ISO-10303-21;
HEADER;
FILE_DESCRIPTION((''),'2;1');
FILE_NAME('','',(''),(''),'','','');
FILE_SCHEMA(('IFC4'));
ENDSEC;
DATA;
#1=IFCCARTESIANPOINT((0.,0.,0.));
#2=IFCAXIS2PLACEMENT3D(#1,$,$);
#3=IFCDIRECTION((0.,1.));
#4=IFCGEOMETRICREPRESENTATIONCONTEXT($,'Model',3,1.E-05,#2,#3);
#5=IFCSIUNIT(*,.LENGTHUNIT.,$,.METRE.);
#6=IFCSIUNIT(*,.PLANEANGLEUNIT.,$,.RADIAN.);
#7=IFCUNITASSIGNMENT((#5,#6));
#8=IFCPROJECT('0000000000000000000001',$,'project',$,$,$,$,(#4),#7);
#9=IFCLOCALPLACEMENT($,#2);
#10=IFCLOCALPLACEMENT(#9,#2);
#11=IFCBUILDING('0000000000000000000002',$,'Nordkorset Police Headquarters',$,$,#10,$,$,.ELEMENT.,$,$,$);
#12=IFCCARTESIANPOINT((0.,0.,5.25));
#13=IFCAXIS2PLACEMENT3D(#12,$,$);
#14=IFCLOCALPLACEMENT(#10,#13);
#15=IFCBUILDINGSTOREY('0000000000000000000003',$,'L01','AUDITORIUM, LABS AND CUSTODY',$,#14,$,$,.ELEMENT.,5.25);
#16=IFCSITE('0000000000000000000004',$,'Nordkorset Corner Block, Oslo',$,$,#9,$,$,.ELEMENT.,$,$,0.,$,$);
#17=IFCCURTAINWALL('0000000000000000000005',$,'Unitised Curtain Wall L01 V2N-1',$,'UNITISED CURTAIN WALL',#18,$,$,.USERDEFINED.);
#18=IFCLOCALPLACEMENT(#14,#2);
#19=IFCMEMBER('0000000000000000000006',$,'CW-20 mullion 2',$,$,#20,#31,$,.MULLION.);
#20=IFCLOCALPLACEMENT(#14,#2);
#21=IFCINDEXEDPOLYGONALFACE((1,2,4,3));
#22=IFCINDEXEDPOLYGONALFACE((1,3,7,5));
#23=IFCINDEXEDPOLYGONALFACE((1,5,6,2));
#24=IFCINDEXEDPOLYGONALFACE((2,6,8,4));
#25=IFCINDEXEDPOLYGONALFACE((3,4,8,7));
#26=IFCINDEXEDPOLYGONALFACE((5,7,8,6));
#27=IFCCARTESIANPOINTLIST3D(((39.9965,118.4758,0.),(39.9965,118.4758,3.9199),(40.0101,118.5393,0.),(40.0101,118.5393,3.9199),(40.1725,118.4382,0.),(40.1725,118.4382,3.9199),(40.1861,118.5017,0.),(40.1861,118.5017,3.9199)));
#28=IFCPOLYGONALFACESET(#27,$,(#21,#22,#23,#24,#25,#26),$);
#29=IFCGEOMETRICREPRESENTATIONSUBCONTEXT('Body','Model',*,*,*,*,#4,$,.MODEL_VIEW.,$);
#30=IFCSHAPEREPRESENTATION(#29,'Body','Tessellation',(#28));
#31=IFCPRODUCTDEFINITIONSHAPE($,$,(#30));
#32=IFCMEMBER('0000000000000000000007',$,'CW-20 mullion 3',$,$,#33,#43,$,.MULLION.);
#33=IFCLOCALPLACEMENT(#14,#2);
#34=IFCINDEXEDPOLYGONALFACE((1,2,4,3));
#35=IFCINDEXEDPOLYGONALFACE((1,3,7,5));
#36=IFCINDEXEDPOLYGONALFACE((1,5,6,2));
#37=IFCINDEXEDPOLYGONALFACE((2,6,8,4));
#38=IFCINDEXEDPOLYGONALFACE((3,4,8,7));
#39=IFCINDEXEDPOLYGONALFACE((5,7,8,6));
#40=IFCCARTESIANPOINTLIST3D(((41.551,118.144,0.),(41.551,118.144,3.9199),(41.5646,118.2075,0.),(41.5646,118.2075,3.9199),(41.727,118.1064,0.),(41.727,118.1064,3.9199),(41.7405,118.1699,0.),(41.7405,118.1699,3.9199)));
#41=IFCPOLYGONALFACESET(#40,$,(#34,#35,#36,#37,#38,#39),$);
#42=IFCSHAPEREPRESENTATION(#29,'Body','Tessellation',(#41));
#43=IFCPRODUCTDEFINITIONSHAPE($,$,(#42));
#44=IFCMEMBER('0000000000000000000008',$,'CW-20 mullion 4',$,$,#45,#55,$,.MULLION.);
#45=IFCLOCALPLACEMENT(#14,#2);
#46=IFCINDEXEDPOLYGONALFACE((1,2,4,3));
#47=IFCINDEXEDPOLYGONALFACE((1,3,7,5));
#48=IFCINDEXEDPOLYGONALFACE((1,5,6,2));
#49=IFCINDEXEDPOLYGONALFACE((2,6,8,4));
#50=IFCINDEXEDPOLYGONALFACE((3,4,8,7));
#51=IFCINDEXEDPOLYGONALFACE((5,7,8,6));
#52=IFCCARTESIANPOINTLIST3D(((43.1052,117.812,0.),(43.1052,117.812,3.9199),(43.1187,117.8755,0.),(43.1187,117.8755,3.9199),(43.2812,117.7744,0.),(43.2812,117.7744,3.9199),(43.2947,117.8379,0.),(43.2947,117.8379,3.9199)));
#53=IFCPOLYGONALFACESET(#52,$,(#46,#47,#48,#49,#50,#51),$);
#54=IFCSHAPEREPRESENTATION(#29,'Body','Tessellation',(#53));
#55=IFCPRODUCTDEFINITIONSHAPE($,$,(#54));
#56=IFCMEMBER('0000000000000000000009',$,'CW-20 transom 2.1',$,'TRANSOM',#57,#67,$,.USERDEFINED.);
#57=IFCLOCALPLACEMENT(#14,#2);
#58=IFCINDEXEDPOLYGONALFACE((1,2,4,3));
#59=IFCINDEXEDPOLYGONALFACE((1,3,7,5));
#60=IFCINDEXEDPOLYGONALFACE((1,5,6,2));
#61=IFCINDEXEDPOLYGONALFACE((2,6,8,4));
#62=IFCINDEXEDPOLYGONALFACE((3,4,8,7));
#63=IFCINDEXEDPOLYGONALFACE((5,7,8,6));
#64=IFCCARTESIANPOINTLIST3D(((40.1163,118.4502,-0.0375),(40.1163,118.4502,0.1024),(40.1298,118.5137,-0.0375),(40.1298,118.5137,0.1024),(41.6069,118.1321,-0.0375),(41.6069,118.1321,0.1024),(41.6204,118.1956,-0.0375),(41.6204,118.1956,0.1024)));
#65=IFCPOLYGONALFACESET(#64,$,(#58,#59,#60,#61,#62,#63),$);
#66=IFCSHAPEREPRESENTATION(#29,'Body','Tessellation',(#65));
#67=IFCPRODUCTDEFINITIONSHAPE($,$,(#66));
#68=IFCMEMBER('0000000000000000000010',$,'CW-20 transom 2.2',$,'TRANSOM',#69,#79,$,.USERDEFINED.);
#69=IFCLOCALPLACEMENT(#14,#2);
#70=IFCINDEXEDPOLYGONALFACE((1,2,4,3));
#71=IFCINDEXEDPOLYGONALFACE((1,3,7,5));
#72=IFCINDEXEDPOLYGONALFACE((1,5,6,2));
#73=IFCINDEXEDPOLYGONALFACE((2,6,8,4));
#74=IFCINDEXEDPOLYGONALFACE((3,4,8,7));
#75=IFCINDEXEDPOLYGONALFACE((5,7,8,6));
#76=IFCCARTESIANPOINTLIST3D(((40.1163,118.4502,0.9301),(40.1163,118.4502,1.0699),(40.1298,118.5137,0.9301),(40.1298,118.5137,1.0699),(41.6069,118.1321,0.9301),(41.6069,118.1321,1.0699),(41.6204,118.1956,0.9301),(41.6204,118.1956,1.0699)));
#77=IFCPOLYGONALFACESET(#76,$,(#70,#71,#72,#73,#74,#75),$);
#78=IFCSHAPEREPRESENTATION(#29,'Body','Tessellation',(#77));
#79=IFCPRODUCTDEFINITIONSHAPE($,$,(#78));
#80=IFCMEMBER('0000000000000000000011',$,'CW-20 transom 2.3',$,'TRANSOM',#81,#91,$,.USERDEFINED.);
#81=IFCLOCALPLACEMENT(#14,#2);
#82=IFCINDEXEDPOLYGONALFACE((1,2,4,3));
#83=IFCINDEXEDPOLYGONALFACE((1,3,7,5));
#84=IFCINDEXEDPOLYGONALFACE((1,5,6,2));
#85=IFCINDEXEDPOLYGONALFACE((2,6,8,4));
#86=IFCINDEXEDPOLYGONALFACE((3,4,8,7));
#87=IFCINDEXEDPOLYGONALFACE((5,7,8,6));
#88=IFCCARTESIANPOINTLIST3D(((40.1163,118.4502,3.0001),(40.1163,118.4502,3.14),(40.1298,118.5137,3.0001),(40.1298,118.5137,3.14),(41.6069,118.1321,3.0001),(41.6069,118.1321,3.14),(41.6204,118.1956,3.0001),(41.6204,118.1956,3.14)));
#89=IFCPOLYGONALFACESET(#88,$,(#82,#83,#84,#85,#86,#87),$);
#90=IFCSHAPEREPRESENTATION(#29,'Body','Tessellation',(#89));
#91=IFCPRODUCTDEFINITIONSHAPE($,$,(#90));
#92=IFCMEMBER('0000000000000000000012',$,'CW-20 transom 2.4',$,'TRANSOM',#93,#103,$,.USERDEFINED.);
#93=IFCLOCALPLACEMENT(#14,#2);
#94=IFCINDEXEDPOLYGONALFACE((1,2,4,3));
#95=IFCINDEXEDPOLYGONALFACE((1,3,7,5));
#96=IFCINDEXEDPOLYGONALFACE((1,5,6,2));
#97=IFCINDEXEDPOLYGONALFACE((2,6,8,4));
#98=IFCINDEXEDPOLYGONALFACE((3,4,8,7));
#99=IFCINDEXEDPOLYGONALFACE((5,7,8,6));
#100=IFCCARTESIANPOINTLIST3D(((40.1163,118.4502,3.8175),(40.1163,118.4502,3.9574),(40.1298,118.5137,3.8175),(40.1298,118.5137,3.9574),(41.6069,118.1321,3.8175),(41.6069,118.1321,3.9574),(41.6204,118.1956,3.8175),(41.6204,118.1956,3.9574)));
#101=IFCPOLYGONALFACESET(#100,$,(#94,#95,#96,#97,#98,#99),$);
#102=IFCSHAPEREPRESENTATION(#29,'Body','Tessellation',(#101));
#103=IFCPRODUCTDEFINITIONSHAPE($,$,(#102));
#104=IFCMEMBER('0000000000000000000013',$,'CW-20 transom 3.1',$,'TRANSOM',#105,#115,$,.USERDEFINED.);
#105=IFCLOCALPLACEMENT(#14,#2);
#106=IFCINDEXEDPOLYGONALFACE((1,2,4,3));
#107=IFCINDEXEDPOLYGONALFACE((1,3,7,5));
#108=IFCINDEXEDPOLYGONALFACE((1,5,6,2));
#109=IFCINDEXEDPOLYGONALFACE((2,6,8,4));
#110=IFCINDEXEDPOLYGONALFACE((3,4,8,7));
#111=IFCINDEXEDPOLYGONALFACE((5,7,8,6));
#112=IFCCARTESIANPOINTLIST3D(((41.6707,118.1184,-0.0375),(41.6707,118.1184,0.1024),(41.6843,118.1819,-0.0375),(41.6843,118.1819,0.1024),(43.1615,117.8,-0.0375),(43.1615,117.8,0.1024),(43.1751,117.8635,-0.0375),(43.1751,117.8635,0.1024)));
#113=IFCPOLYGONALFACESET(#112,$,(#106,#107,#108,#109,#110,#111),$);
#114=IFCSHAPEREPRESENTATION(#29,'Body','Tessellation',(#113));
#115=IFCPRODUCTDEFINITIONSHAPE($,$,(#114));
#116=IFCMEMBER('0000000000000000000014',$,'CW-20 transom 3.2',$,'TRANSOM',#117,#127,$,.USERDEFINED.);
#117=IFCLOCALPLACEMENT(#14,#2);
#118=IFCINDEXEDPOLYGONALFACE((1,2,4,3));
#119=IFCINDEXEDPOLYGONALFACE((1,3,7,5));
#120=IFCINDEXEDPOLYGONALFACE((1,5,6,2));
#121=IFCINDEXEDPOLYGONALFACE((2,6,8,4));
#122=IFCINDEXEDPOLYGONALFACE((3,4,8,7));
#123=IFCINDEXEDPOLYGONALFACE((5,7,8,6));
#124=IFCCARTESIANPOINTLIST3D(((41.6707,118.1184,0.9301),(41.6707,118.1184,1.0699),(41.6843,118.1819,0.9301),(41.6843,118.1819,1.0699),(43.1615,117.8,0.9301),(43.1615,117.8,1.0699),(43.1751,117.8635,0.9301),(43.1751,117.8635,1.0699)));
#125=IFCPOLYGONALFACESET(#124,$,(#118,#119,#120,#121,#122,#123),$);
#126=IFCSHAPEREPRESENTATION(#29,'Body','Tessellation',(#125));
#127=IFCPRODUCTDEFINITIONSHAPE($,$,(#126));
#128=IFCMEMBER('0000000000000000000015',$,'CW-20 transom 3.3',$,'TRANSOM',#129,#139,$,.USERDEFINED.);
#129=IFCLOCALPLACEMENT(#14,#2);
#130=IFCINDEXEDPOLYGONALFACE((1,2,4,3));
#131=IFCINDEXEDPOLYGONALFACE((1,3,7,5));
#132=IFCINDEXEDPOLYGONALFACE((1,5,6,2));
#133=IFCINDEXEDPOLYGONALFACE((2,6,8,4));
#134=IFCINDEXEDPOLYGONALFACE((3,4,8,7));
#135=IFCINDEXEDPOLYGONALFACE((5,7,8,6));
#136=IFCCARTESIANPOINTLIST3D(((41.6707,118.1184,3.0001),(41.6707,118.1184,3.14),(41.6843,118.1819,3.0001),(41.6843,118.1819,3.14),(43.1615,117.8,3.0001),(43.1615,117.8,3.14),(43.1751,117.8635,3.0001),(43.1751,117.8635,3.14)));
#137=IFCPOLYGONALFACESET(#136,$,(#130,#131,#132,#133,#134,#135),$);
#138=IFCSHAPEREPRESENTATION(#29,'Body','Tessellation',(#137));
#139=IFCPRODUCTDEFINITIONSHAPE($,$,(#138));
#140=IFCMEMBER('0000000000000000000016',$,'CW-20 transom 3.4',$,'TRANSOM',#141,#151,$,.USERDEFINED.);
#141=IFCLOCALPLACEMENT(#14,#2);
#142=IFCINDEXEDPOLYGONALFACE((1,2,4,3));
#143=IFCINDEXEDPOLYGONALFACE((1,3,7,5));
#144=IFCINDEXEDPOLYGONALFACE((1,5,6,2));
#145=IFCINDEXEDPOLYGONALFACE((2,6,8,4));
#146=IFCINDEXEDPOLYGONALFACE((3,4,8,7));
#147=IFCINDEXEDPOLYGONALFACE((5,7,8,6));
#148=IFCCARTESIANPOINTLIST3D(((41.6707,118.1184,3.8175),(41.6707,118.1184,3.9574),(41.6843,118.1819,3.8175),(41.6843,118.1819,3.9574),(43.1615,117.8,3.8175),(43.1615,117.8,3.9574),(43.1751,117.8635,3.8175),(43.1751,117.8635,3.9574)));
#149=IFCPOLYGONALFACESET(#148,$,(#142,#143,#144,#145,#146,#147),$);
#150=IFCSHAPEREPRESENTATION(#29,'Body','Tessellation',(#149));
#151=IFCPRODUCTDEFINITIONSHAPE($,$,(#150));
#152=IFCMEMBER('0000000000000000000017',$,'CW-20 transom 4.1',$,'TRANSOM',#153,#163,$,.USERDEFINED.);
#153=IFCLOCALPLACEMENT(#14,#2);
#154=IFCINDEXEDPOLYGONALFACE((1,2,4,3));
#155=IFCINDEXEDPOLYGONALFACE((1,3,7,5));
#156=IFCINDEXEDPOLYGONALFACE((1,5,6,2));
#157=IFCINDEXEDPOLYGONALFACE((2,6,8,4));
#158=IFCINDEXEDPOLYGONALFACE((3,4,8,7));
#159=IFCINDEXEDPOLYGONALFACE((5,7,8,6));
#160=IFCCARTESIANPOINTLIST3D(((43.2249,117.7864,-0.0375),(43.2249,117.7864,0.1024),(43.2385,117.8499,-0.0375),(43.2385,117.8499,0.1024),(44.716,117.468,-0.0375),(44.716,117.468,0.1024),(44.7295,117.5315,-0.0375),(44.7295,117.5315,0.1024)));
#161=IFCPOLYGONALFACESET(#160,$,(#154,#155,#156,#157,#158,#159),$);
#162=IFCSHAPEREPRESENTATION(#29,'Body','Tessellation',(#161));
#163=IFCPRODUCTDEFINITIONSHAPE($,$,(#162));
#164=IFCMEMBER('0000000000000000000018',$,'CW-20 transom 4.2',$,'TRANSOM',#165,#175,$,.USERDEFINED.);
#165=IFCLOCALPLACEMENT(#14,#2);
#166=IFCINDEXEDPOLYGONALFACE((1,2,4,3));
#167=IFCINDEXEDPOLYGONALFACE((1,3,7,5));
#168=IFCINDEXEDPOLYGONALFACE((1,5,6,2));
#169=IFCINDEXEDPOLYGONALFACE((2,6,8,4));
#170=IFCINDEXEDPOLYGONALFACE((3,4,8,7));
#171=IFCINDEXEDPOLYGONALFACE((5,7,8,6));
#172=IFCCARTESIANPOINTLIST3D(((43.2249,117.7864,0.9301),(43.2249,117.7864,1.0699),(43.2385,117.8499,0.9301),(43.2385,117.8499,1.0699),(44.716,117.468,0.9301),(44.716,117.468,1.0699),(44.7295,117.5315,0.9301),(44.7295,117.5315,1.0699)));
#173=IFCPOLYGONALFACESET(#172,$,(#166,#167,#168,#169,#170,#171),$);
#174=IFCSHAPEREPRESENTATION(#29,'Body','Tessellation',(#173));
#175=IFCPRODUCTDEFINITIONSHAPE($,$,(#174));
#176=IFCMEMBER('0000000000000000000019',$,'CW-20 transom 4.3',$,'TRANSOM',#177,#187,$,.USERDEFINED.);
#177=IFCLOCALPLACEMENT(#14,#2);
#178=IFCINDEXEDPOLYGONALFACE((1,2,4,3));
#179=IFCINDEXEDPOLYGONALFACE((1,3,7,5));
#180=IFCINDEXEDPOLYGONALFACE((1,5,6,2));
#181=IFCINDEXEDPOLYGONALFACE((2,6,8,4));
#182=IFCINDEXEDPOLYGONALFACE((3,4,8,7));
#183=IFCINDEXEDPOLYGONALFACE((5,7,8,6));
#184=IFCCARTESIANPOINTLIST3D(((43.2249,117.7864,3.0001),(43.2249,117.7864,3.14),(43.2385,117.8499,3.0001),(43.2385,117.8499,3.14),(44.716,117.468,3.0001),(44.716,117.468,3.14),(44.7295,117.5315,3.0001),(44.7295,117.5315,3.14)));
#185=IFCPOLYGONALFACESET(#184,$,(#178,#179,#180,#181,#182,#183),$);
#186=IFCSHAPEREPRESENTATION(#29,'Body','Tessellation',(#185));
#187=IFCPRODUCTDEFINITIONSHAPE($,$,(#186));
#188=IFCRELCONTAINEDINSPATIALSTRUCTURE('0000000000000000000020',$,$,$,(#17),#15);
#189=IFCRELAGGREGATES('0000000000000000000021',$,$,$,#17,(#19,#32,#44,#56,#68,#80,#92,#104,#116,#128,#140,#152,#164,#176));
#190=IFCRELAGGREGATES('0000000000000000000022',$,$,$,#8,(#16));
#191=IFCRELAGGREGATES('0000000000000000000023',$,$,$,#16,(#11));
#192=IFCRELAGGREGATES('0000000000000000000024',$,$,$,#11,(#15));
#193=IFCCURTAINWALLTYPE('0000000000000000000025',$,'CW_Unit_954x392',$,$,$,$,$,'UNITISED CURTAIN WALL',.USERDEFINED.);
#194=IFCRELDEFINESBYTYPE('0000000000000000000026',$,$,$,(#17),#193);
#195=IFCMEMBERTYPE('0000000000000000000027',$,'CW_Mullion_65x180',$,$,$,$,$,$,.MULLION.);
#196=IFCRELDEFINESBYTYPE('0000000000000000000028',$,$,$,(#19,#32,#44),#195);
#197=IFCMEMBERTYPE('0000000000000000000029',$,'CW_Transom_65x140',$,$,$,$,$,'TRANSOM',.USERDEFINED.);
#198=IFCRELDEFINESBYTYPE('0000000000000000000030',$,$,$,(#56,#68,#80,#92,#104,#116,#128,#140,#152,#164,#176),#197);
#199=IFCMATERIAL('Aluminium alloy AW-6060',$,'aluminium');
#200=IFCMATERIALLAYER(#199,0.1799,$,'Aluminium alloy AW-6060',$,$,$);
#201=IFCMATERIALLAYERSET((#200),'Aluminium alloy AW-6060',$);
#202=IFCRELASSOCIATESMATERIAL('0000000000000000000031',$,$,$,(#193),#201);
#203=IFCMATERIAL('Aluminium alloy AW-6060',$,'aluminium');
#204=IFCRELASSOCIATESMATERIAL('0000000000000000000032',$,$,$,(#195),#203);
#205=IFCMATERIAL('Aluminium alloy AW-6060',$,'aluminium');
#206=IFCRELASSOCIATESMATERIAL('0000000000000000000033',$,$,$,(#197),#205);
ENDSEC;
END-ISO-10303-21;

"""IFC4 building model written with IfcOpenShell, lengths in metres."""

from ifc_helpers import new_model, si_unit, direction, frame, origin, origin_2d, place, context, subcontext, project, spatial, rectangle, extrude, material, layer, layer_set, material_profile, profile_set, type_object, element, aggregate, save


model = new_model("IFC4")

# Units and contexts
model_context = context("Model", 3, precision=1e-05, world=origin(), true_north=direction((0.0, 1.0)))
body_context = subcontext(model_context, "Body", "Model", "MODEL_VIEW")
ifc_project = project(units=[si_unit("LENGTHUNIT", "METRE"), si_unit("PLANEANGLEUNIT", "RADIAN")], contexts=[model_context])

# Site, building, storey
site_placement = place(None, origin())
site = spatial("IfcSite", under=ifc_project, at=site_placement, Name="Nordkorset Corner Block, Oslo", CompositionType="ELEMENT", RefElevation=0.0)
building_placement = place(site_placement, origin())
building = spatial("IfcBuilding", under=site, at=building_placement, Name="Nordkorset Police Headquarters", CompositionType="ELEMENT")
storey_placement = place(building_placement, frame((0.0, 0.0, 5.25)))
storey = spatial("IfcBuildingStorey", under=building, at=storey_placement, Name="L01", Description="AUDITORIUM, LABS AND CUSTODY", CompositionType="ELEMENT", Elevation=5.25)

# Curtain wall, members
ifc_material_1 = material(Name="Aluminium alloy AW-6060", Category="aluminium")
ifc_layer_1 = layer(ifc_material_1, 0.1799, Name="Aluminium alloy AW-6060")
ifc_layer_set_1 = layer_set([ifc_layer_1], Name="Aluminium alloy AW-6060")
curtain_wall_type = type_object("IfcCurtainWallType", Name="CW_Unit_954x392", ElementType="UNITISED CURTAIN WALL", PredefinedType="USERDEFINED", material=ifc_layer_set_1)
curtain_wall_placement = place(storey_placement, origin())
curtain_wall = element("IfcCurtainWall", 1, at=curtain_wall_placement, inside=storey, type_object=curtain_wall_type, Name="Unitised Curtain Wall L01 V2N-1", ObjectType="UNITISED CURTAIN WALL", PredefinedType="USERDEFINED")
ifc_material_2 = material(Name="Aluminium alloy AW-6060", Category="aluminium")
ifc_material_profile_1 = material_profile(ifc_material_2, rectangle(XDim=0.0649, YDim=0.1799, at=origin_2d()), Name="ALU MULL 65x180")
ifc_profile_set_1 = profile_set([ifc_material_profile_1], Name="Aluminium alloy AW-6060")
member_type_1 = type_object("IfcMemberType", Name="CW_Mullion_65x180", PredefinedType="MULLION", material=ifc_profile_set_1)
member_1_placement = place(storey_placement, frame((40.0913, 118.4888, 0.0), z_axis=(0.0, 0.0, 1.0), x_axis=(0.208833, 0.977951, 0.0)))
member_1 = element("IfcMember", 2, at=member_1_placement, type_object=member_type_1, Name="CW-20 mullion 2", PredefinedType="MULLION", context=body_context, shape_type="SweptSolid", body=[
    extrude(rectangle(XDim=0.0649, YDim=0.1799, at=origin_2d()), origin(), (0.0, 0.0, 1.0), 3.9199),
])
member_2_placement = place(storey_placement, frame((41.6458, 118.157, 0.0), z_axis=(0.0, 0.0, 1.0), x_axis=(0.208833, 0.977951, 0.0)))
member_2 = element("IfcMember", 3, at=member_2_placement, type_object=member_type_1, Name="CW-20 mullion 3", PredefinedType="MULLION", context=body_context, shape_type="SweptSolid", body=[
    extrude(rectangle(XDim=0.0649, YDim=0.1799, at=origin_2d()), origin(), (0.0, 0.0, 1.0), 3.9199),
])
member_3_placement = place(storey_placement, frame((43.2, 117.825, 0.0), z_axis=(0.0, 0.0, 1.0), x_axis=(0.208833, 0.977951, 0.0)))
member_3 = element("IfcMember", 4, at=member_3_placement, type_object=member_type_1, Name="CW-20 mullion 4", PredefinedType="MULLION", context=body_context, shape_type="SweptSolid", body=[
    extrude(rectangle(XDim=0.0649, YDim=0.1799, at=origin_2d()), origin(), (0.0, 0.0, 1.0), 3.9199),
])
ifc_material_3 = material(Name="Aluminium alloy AW-6060", Category="aluminium")
ifc_material_profile_2 = material_profile(ifc_material_3, rectangle(XDim=0.0649, YDim=0.1399, at=origin_2d()), Name="ALU TRAN 65x140")
ifc_profile_set_2 = profile_set([ifc_material_profile_2], Name="Aluminium alloy AW-6060")
member_type_2 = type_object("IfcMemberType", Name="CW_Transom_65x140", ElementType="TRANSOM", PredefinedType="USERDEFINED", material=ifc_profile_set_2)
member_4_placement = place(storey_placement, frame((40.123, 118.4819, 0.0325), z_axis=(0.97798, -0.208698, 0.0), x_axis=(0.208698, 0.97798, 0.0)))
member_4 = element("IfcMember", 5, at=member_4_placement, type_object=member_type_2, Name="CW-20 transom 2.1", ObjectType="TRANSOM", PredefinedType="USERDEFINED", context=body_context, shape_type="SweptSolid", body=[
    extrude(rectangle(XDim=0.0649, YDim=0.1399, at=origin_2d()), origin(), (0.0, 0.0, 1.0), 1.5242),
])
member_5_placement = place(storey_placement, frame((40.123, 118.4819, 1.0), z_axis=(0.97798, -0.208698, 0.0), x_axis=(0.208698, 0.97798, 0.0)))
member_5 = element("IfcMember", 6, at=member_5_placement, type_object=member_type_2, Name="CW-20 transom 2.2", ObjectType="TRANSOM", PredefinedType="USERDEFINED", context=body_context, shape_type="SweptSolid", body=[
    extrude(rectangle(XDim=0.0649, YDim=0.1399, at=origin_2d()), origin(), (0.0, 0.0, 1.0), 1.5242),
])
member_6_placement = place(storey_placement, frame((40.123, 118.4819, 3.0701), z_axis=(0.97798, -0.208698, 0.0), x_axis=(0.208698, 0.97798, 0.0)))
member_6 = element("IfcMember", 7, at=member_6_placement, type_object=member_type_2, Name="CW-20 transom 2.3", ObjectType="TRANSOM", PredefinedType="USERDEFINED", context=body_context, shape_type="SweptSolid", body=[
    extrude(rectangle(XDim=0.0649, YDim=0.1399, at=origin_2d()), origin(), (0.0, 0.0, 1.0), 1.5242),
])
member_7_placement = place(storey_placement, frame((40.123, 118.4819, 3.8875), z_axis=(0.97798, -0.208698, 0.0), x_axis=(0.208698, 0.97798, 0.0)))
member_7 = element("IfcMember", 8, at=member_7_placement, type_object=member_type_2, Name="CW-20 transom 2.4", ObjectType="TRANSOM", PredefinedType="USERDEFINED", context=body_context, shape_type="SweptSolid", body=[
    extrude(rectangle(XDim=0.0649, YDim=0.1399, at=origin_2d()), origin(), (0.0, 0.0, 1.0), 1.5242),
])
member_8_placement = place(storey_placement, frame((41.6775, 118.1501, 0.0325), z_axis=(0.977947, -0.208851, 0.0), x_axis=(0.208851, 0.977947, 0.0)))
member_8 = element("IfcMember", 9, at=member_8_placement, type_object=member_type_2, Name="CW-20 transom 3.1", ObjectType="TRANSOM", PredefinedType="USERDEFINED", context=body_context, shape_type="SweptSolid", body=[
    extrude(rectangle(XDim=0.0649, YDim=0.1399, at=origin_2d()), origin(), (0.0, 0.0, 1.0), 1.5244),
])
member_9_placement = place(storey_placement, frame((41.6775, 118.1501, 1.0), z_axis=(0.977947, -0.208851, 0.0), x_axis=(0.208851, 0.977947, 0.0)))
member_9 = element("IfcMember", 10, at=member_9_placement, type_object=member_type_2, Name="CW-20 transom 3.2", ObjectType="TRANSOM", PredefinedType="USERDEFINED", context=body_context, shape_type="SweptSolid", body=[
    extrude(rectangle(XDim=0.0649, YDim=0.1399, at=origin_2d()), origin(), (0.0, 0.0, 1.0), 1.5244),
])
member_10_placement = place(storey_placement, frame((41.6775, 118.1501, 3.0701), z_axis=(0.977947, -0.208851, 0.0), x_axis=(0.208851, 0.977947, 0.0)))
member_10 = element("IfcMember", 11, at=member_10_placement, type_object=member_type_2, Name="CW-20 transom 3.3", ObjectType="TRANSOM", PredefinedType="USERDEFINED", context=body_context, shape_type="SweptSolid", body=[
    extrude(rectangle(XDim=0.0649, YDim=0.1399, at=origin_2d()), origin(), (0.0, 0.0, 1.0), 1.5244),
])
member_11_placement = place(storey_placement, frame((41.6775, 118.1501, 3.8875), z_axis=(0.977947, -0.208851, 0.0), x_axis=(0.208851, 0.977947, 0.0)))
member_11 = element("IfcMember", 12, at=member_11_placement, type_object=member_type_2, Name="CW-20 transom 3.4", ObjectType="TRANSOM", PredefinedType="USERDEFINED", context=body_context, shape_type="SweptSolid", body=[
    extrude(rectangle(XDim=0.0649, YDim=0.1399, at=origin_2d()), origin(), (0.0, 0.0, 1.0), 1.5244),
])
member_12_placement = place(storey_placement, frame((43.2317, 117.8181, 0.0325), z_axis=(0.977954, -0.208818, 0.0), x_axis=(0.208818, 0.977954, 0.0)))
member_12 = element("IfcMember", 13, at=member_12_placement, type_object=member_type_2, Name="CW-20 transom 4.1", ObjectType="TRANSOM", PredefinedType="USERDEFINED", context=body_context, shape_type="SweptSolid", body=[
    extrude(rectangle(XDim=0.0649, YDim=0.1399, at=origin_2d()), origin(), (0.0, 0.0, 1.0), 1.5247),
])
member_13_placement = place(storey_placement, frame((43.2317, 117.8181, 1.0), z_axis=(0.977954, -0.208818, 0.0), x_axis=(0.208818, 0.977954, 0.0)))
member_13 = element("IfcMember", 14, at=member_13_placement, type_object=member_type_2, Name="CW-20 transom 4.2", ObjectType="TRANSOM", PredefinedType="USERDEFINED", context=body_context, shape_type="SweptSolid", body=[
    extrude(rectangle(XDim=0.0649, YDim=0.1399, at=origin_2d()), origin(), (0.0, 0.0, 1.0), 1.5247),
])
member_14_placement = place(storey_placement, frame((43.2317, 117.8181, 3.0701), z_axis=(0.977954, -0.208818, 0.0), x_axis=(0.208818, 0.977954, 0.0)))
member_14 = element("IfcMember", 15, at=member_14_placement, type_object=member_type_2, Name="CW-20 transom 4.3", ObjectType="TRANSOM", PredefinedType="USERDEFINED", context=body_context, shape_type="SweptSolid", body=[
    extrude(rectangle(XDim=0.0649, YDim=0.1399, at=origin_2d()), origin(), (0.0, 0.0, 1.0), 1.5247),
])
aggregate(curtain_wall, [member_1, member_2, member_3, member_4, member_5, member_6, member_7, member_8, member_9, member_10, member_11, member_12, member_13, member_14])

save(model, "model.ifc")
